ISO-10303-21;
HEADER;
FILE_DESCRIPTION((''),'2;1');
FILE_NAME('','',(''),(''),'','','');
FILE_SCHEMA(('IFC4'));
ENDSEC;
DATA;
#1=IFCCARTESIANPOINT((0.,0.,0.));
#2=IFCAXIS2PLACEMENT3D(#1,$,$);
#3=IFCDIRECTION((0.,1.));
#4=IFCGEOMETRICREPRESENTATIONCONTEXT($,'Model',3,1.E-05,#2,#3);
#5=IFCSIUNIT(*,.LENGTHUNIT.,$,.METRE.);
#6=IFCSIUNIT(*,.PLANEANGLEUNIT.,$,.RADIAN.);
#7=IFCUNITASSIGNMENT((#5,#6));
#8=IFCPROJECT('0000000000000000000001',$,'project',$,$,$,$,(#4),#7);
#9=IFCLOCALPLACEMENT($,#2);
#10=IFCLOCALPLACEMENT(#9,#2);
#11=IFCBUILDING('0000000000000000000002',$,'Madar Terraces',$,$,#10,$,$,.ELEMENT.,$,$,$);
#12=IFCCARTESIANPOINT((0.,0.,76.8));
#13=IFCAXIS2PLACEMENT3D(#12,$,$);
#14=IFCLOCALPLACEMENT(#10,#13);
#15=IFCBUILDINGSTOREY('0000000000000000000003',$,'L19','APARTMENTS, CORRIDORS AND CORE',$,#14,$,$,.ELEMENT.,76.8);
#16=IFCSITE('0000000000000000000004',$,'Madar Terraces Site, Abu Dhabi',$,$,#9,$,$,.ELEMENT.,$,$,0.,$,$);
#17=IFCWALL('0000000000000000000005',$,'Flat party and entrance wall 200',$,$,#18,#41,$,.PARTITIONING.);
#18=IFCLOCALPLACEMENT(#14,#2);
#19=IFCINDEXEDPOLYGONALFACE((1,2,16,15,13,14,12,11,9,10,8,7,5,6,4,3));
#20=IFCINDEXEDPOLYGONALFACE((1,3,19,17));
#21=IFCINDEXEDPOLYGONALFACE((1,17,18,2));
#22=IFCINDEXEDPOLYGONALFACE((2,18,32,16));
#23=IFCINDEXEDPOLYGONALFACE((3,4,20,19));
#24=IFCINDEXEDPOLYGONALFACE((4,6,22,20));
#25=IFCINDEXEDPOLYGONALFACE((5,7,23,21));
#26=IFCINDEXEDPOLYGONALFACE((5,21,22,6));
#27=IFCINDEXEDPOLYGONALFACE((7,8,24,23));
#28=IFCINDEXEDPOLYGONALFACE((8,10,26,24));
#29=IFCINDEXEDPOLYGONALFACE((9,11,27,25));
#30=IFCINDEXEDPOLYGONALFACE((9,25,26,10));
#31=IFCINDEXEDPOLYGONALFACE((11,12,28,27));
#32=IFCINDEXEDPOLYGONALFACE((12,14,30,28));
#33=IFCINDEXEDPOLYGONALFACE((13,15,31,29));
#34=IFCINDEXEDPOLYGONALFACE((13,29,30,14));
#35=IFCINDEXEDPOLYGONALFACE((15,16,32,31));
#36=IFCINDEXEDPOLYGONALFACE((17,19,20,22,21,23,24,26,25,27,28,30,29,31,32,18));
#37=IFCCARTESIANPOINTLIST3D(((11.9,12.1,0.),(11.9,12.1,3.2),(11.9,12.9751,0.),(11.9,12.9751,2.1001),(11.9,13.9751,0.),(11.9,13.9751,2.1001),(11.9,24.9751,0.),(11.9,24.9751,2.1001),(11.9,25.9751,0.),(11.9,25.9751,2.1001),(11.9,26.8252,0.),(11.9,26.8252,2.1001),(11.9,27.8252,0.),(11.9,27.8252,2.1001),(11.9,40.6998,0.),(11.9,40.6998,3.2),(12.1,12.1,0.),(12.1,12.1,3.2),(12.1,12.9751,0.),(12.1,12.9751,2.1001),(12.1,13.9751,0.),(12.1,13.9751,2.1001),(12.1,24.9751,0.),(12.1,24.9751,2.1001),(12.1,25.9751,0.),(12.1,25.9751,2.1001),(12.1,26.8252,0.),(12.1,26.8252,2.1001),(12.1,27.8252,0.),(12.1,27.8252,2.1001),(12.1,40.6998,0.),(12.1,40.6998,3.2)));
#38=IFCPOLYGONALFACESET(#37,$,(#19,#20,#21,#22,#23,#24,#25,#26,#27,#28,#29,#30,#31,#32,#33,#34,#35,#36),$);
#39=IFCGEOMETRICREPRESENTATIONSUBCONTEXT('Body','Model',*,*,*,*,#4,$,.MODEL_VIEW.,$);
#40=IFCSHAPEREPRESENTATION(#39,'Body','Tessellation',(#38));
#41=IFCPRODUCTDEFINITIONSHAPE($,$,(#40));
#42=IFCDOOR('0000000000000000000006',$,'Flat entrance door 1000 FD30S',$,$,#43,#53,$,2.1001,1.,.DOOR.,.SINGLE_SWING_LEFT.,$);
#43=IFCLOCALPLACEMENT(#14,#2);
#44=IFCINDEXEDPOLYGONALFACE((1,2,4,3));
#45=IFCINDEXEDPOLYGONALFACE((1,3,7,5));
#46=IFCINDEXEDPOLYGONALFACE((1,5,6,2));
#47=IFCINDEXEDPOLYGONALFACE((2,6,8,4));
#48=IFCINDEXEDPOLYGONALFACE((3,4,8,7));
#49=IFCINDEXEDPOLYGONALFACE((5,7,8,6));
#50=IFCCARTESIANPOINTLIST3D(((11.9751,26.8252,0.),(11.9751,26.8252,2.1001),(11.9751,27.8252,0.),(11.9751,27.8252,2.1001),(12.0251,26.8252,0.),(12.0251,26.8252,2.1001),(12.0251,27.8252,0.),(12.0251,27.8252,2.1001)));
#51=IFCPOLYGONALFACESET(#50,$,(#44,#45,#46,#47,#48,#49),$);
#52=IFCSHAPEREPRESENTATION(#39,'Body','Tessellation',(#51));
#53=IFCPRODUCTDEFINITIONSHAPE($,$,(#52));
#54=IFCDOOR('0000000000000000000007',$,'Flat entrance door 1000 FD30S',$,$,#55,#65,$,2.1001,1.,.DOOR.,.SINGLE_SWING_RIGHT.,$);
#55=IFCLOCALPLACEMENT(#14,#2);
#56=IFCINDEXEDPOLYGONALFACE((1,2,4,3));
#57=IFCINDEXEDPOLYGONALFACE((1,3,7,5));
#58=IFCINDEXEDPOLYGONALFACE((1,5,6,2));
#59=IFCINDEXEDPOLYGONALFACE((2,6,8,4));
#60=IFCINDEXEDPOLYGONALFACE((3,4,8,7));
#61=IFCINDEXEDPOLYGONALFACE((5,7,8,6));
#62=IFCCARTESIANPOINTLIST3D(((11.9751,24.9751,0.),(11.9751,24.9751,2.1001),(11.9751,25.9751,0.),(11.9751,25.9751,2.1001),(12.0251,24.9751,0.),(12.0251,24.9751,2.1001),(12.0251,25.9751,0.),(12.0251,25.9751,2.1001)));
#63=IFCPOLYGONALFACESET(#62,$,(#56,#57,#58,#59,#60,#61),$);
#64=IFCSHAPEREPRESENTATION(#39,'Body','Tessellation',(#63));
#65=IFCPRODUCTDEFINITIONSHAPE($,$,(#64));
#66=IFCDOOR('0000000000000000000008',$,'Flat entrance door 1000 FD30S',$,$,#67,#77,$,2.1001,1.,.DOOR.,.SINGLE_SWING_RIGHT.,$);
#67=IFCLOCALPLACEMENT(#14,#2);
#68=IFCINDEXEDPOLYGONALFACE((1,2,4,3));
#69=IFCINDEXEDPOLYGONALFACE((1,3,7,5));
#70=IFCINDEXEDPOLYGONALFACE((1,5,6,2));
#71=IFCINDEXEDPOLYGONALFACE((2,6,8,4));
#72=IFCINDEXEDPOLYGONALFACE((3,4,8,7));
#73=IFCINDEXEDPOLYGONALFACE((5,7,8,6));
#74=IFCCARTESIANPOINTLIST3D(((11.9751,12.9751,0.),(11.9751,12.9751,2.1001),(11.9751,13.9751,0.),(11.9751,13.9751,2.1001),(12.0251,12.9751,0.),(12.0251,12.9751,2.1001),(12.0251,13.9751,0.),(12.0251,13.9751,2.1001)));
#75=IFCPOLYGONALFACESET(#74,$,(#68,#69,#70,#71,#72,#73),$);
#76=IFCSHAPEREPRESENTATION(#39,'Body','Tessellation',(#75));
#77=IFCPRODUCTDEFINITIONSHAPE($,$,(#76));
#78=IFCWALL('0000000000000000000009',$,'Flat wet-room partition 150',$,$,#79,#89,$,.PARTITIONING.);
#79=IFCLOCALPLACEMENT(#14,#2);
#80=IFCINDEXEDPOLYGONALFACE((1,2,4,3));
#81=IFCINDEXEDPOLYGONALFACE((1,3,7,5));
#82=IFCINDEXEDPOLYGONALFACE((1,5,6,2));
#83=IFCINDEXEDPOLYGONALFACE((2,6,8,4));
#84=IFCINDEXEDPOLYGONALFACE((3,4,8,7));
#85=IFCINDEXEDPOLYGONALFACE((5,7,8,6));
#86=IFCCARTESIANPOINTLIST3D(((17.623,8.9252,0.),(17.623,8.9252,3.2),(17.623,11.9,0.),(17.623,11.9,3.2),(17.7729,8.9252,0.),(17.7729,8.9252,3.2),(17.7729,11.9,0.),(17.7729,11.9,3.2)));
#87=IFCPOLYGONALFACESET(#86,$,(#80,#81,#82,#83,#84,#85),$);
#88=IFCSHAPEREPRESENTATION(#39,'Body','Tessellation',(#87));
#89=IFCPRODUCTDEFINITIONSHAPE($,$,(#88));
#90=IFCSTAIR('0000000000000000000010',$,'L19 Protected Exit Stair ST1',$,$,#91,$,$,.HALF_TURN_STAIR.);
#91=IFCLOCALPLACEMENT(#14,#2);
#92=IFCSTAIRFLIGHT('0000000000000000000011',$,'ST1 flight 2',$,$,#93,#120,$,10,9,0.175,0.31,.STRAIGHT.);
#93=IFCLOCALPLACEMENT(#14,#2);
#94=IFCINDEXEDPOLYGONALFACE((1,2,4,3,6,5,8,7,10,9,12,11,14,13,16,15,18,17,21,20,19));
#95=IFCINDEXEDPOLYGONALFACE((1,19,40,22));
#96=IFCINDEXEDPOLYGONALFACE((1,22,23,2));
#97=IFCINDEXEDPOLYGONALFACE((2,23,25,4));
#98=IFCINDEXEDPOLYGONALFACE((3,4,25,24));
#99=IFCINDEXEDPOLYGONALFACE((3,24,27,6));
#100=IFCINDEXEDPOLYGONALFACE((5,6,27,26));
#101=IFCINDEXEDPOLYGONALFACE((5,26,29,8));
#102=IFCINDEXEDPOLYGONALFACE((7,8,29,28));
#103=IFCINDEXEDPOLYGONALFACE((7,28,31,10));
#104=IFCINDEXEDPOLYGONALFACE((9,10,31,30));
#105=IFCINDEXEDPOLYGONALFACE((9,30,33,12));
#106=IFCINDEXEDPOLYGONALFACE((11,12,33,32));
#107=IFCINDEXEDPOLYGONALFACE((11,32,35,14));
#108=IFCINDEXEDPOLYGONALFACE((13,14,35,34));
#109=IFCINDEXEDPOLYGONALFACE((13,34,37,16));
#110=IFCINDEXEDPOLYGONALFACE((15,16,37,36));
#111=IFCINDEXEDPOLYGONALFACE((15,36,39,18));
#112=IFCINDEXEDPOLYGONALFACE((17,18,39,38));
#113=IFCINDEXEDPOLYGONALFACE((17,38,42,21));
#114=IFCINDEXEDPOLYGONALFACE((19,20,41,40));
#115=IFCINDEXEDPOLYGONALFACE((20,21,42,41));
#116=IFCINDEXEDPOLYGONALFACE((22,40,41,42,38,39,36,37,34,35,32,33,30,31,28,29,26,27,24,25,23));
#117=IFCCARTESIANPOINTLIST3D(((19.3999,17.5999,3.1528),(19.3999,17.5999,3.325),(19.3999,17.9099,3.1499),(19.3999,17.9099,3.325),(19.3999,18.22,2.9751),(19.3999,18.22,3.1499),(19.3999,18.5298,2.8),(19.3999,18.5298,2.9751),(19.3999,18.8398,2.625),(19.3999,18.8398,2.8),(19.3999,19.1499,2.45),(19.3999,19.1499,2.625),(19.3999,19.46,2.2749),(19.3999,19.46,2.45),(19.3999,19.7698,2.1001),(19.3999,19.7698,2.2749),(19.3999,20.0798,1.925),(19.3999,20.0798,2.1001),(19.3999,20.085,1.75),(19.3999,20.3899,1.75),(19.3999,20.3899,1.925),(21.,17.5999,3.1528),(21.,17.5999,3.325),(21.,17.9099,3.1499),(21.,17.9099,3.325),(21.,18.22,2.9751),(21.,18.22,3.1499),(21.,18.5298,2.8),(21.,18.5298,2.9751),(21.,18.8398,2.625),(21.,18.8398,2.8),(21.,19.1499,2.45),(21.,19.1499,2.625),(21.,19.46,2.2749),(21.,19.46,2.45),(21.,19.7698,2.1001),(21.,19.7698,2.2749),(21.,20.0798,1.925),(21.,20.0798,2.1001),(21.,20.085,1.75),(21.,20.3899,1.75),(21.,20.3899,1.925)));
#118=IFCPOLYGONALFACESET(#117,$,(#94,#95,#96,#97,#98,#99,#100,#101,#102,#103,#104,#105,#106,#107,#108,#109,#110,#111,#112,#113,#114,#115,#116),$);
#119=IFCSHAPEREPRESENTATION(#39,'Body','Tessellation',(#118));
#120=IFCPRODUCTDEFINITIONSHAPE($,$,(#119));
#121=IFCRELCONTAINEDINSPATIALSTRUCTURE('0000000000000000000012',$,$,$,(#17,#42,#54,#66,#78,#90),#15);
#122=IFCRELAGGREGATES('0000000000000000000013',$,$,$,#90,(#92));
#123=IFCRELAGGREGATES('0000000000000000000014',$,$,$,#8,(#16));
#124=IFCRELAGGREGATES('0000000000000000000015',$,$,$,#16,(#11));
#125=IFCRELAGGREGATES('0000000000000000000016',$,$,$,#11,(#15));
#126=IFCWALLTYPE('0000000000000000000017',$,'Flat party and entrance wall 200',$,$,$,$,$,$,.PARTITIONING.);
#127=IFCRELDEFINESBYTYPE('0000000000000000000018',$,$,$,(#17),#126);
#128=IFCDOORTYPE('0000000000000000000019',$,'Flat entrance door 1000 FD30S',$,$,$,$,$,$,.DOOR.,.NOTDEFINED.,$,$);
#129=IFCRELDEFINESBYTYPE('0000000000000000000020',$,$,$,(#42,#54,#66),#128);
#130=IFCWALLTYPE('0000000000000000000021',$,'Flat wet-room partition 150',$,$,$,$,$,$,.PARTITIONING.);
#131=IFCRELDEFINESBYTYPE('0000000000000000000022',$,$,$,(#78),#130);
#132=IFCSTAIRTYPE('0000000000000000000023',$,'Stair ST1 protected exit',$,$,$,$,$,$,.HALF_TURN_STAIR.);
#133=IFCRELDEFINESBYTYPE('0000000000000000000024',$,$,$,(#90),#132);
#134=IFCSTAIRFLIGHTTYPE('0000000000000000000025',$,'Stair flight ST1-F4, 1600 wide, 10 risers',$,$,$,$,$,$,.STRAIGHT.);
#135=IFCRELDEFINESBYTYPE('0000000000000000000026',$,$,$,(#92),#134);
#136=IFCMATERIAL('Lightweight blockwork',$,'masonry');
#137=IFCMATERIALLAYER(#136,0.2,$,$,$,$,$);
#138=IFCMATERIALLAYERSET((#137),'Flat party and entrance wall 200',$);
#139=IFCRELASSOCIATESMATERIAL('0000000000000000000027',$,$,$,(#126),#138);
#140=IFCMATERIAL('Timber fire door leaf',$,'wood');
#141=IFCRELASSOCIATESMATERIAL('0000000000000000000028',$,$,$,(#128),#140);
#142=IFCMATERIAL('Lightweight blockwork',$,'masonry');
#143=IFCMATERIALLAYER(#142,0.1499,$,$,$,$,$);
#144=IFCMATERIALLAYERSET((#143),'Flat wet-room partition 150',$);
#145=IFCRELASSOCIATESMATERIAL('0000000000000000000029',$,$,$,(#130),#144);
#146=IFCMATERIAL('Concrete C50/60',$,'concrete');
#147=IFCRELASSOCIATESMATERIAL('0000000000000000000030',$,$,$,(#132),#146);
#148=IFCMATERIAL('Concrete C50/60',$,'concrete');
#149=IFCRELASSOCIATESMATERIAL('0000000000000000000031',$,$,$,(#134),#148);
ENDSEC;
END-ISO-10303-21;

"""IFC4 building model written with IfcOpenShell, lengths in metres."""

from ifc_helpers import new_model, si_unit, direction, frame, frame_2d, origin, place, context, subcontext, project, spatial, polyline, rectangle, outline, extrude, material, layer, layer_set, type_object, element, fill, aggregate, save


model = new_model("IFC4")

# Units and contexts
model_context = context("Model", 3, precision=1e-05, world=origin(), true_north=direction((0.0, 1.0)))
body_context = subcontext(model_context, "Body", "Model", "MODEL_VIEW")
ifc_project = project(units=[si_unit("LENGTHUNIT", "METRE"), si_unit("PLANEANGLEUNIT", "RADIAN")], contexts=[model_context])

# Site, building, storey
site_placement = place(None, origin())
site = spatial("IfcSite", under=ifc_project, at=site_placement, Name="Madar Terraces Site, Abu Dhabi", CompositionType="ELEMENT", RefElevation=0.0)
building_placement = place(site_placement, origin())
building = spatial("IfcBuilding", under=site, at=building_placement, Name="Madar Terraces", CompositionType="ELEMENT")
storey_placement = place(building_placement, frame((0.0, 0.0, 76.8)))
storey = spatial("IfcBuildingStorey", under=building, at=storey_placement, Name="L19", Description="APARTMENTS, CORRIDORS AND CORE", CompositionType="ELEMENT", Elevation=76.8)

# Wall, openings, doors
ifc_material_1 = material(Name="Lightweight blockwork", Category="masonry")
ifc_layer_1 = layer(ifc_material_1, 0.2)
ifc_layer_set_1 = layer_set([ifc_layer_1], Name="Flat party and entrance wall 200")
wall_type_1 = type_object("IfcWallType", Name="Flat party and entrance wall 200", PredefinedType="PARTITIONING", material=ifc_layer_set_1)
wall_1_placement = place(storey_placement, frame((12.0, 12.1001, 0.0), z_axis=(0.0, 0.0, 1.0), x_axis=(0.0, 1.0, 0.0)))
wall_1 = element("IfcWall", 1, at=wall_1_placement, inside=storey, type_object=wall_type_1, Name="Flat party and entrance wall 200", PredefinedType="PARTITIONING", context=body_context, shape_type="SweptSolid", body=[
    extrude(rectangle(XDim=28.5999, YDim=0.2, at=frame_2d((14.2998, 0.0))), origin(), (0.0, 0.0, 1.0), 3.2),
])
opening_1_placement = place(wall_1_placement, frame((14.7251, 0.0, 0.0)))
opening_1 = element("IfcOpeningElement", 2, at=opening_1_placement, cuts=wall_1, PredefinedType="OPENING", context=body_context, shape_type="SweptSolid", body=[
    extrude(rectangle(XDim=1.0, YDim=2.1001, at=frame_2d((0.5, 1.05))), frame((0.0, 0.1099, 0.0), z_axis=(0.0, -1.0, 0.0), x_axis=(1.0, 0.0, 0.0)), (0.0, 0.0, 1.0), 0.22),
])
opening_2_placement = place(wall_1_placement, frame((12.875, 0.0, 0.0)))
opening_2 = element("IfcOpeningElement", 3, at=opening_2_placement, cuts=wall_1, PredefinedType="OPENING", context=body_context, shape_type="SweptSolid", body=[
    extrude(rectangle(XDim=1.0, YDim=2.1001, at=frame_2d((0.5, 1.05))), frame((0.0, 0.1099, 0.0), z_axis=(0.0, -1.0, 0.0), x_axis=(1.0, 0.0, 0.0)), (0.0, 0.0, 1.0), 0.22),
])
opening_3_placement = place(wall_1_placement, frame((0.875, 0.0, 0.0)))
opening_3 = element("IfcOpeningElement", 4, at=opening_3_placement, cuts=wall_1, PredefinedType="OPENING", context=body_context, shape_type="SweptSolid", body=[
    extrude(rectangle(XDim=1.0, YDim=2.1001, at=frame_2d((0.5, 1.05))), frame((0.0, 0.1099, 0.0), z_axis=(0.0, -1.0, 0.0), x_axis=(1.0, 0.0, 0.0)), (0.0, 0.0, 1.0), 0.22),
])
ifc_material_2 = material(Name="Timber fire door leaf", Category="wood")
door_type_1 = type_object("IfcDoorType", Name="Flat entrance door 1000 FD30S", OperationType="NOTDEFINED", PredefinedType="DOOR", material=ifc_material_2)
door_1_placement = place(opening_1_placement, origin())
door_1 = element("IfcDoor", 5, at=door_1_placement, inside=storey, type_object=door_type_1, Name="Flat entrance door 1000 FD30S", OperationType="SINGLE_SWING_LEFT", OverallHeight=2.1001, OverallWidth=1.0, PredefinedType="DOOR", context=body_context, shape_type="SweptSolid", body=[
    extrude(rectangle(XDim=1.0, YDim=2.1001, at=frame_2d((0.5, 1.05))), frame((0.0, 0.0249, 0.0), z_axis=(0.0, -1.0, 0.0), x_axis=(1.0, 0.0, 0.0)), (0.0, 0.0, 1.0), 0.05),
])
fill(opening_1, door_1)
door_2_placement = place(opening_2_placement, origin())
door_2 = element("IfcDoor", 6, at=door_2_placement, inside=storey, type_object=door_type_1, Name="Flat entrance door 1000 FD30S", OperationType="SINGLE_SWING_RIGHT", OverallHeight=2.1001, OverallWidth=1.0, PredefinedType="DOOR", context=body_context, shape_type="SweptSolid", body=[
    extrude(rectangle(XDim=1.0, YDim=2.1001, at=frame_2d((0.5, 1.05))), frame((0.0, 0.0249, 0.0), z_axis=(0.0, -1.0, 0.0), x_axis=(1.0, 0.0, 0.0)), (0.0, 0.0, 1.0), 0.05),
])
fill(opening_2, door_2)
door_3_placement = place(opening_3_placement, origin())
door_3 = element("IfcDoor", 7, at=door_3_placement, inside=storey, type_object=door_type_1, Name="Flat entrance door 1000 FD30S", OperationType="SINGLE_SWING_RIGHT", OverallHeight=2.1001, OverallWidth=1.0, PredefinedType="DOOR", context=body_context, shape_type="SweptSolid", body=[
    extrude(rectangle(XDim=1.0, YDim=2.1001, at=frame_2d((0.5, 1.05))), frame((0.0, 0.0249, 0.0), z_axis=(0.0, -1.0, 0.0), x_axis=(1.0, 0.0, 0.0)), (0.0, 0.0, 1.0), 0.05),
])
fill(opening_3, door_3)

# Wall
ifc_material_3 = material(Name="Lightweight blockwork", Category="masonry")
ifc_layer_2 = layer(ifc_material_3, 0.1499)
ifc_layer_set_2 = layer_set([ifc_layer_2], Name="Flat wet-room partition 150")
wall_type_2 = type_object("IfcWallType", Name="Flat wet-room partition 150", PredefinedType="PARTITIONING", material=ifc_layer_set_2)
wall_2_placement = place(storey_placement, frame((17.698, 11.8999, 0.0), z_axis=(0.0, 0.0, 1.0), x_axis=(0.0, -1.0, 0.0)))
element("IfcWall", 8, at=wall_2_placement, inside=storey, type_object=wall_type_2, Name="Flat wet-room partition 150", PredefinedType="PARTITIONING", context=body_context, shape_type="SweptSolid", body=[
    extrude(rectangle(XDim=2.9749, YDim=0.1499, at=frame_2d((1.4873, 0.0))), origin(), (0.0, 0.0, 1.0), 3.2),
])

# Stair, stair flight
ifc_material_4 = material(Name="Concrete C50/60", Category="concrete")
stair_type = type_object("IfcStairType", Name="Stair ST1 protected exit", PredefinedType="HALF_TURN_STAIR", material=ifc_material_4)
stair_placement = place(storey_placement, origin())
stair = element("IfcStair", 9, at=stair_placement, inside=storey, type_object=stair_type, Name="L19 Protected Exit Stair ST1", PredefinedType="HALF_TURN_STAIR")
ifc_material_5 = material(Name="Concrete C50/60", Category="concrete")
stair_flight_type = type_object("IfcStairFlightType", Name="Stair flight ST1-F4, 1600 wide, 10 risers", PredefinedType="STRAIGHT", material=ifc_material_5)
stair_flight_placement = place(storey_placement, frame((20.2, 20.3899, 1.75), z_axis=(0.0, 0.0, 1.0), x_axis=(0.0, -1.0, 0.0)))
stair_flight = element("IfcStairFlight", 10, at=stair_flight_placement, type_object=stair_flight_type, Name="ST1 flight 2", NumberOfRisers=10, NumberOfTreads=9, PredefinedType="STRAIGHT", RiserHeight=0.175, TreadLength=0.31, context=body_context, shape_type="SweptSolid", body=[
    extrude(outline(polyline([(0.0, 0.0), (0.0, 0.175), (0.3101, 0.175), (0.3101, 0.3501), (0.6201, 0.3501), (0.6201, 0.5249), (0.9299, 0.5249), (0.9299, 0.7), (1.24, 0.7), (1.24, 0.875), (1.55, 0.875), (1.55, 1.05), (1.8601, 1.05), (1.8601, 1.2251), (2.1699, 1.2251), (2.1699, 1.3999), (2.48, 1.3999), (2.48, 1.575), (2.79, 1.575), (2.79, 1.75), (2.79, 1.4028), (0.3049, 0.0), (0.0, 0.0)])), frame((0.0, 0.8, 0.0), z_axis=(0.0, -1.0, 0.0), x_axis=(1.0, 0.0, 0.0)), (0.0, 0.0, 1.0), 1.6001),
])
aggregate(stair, [stair_flight])

save(model, "model.ifc")
